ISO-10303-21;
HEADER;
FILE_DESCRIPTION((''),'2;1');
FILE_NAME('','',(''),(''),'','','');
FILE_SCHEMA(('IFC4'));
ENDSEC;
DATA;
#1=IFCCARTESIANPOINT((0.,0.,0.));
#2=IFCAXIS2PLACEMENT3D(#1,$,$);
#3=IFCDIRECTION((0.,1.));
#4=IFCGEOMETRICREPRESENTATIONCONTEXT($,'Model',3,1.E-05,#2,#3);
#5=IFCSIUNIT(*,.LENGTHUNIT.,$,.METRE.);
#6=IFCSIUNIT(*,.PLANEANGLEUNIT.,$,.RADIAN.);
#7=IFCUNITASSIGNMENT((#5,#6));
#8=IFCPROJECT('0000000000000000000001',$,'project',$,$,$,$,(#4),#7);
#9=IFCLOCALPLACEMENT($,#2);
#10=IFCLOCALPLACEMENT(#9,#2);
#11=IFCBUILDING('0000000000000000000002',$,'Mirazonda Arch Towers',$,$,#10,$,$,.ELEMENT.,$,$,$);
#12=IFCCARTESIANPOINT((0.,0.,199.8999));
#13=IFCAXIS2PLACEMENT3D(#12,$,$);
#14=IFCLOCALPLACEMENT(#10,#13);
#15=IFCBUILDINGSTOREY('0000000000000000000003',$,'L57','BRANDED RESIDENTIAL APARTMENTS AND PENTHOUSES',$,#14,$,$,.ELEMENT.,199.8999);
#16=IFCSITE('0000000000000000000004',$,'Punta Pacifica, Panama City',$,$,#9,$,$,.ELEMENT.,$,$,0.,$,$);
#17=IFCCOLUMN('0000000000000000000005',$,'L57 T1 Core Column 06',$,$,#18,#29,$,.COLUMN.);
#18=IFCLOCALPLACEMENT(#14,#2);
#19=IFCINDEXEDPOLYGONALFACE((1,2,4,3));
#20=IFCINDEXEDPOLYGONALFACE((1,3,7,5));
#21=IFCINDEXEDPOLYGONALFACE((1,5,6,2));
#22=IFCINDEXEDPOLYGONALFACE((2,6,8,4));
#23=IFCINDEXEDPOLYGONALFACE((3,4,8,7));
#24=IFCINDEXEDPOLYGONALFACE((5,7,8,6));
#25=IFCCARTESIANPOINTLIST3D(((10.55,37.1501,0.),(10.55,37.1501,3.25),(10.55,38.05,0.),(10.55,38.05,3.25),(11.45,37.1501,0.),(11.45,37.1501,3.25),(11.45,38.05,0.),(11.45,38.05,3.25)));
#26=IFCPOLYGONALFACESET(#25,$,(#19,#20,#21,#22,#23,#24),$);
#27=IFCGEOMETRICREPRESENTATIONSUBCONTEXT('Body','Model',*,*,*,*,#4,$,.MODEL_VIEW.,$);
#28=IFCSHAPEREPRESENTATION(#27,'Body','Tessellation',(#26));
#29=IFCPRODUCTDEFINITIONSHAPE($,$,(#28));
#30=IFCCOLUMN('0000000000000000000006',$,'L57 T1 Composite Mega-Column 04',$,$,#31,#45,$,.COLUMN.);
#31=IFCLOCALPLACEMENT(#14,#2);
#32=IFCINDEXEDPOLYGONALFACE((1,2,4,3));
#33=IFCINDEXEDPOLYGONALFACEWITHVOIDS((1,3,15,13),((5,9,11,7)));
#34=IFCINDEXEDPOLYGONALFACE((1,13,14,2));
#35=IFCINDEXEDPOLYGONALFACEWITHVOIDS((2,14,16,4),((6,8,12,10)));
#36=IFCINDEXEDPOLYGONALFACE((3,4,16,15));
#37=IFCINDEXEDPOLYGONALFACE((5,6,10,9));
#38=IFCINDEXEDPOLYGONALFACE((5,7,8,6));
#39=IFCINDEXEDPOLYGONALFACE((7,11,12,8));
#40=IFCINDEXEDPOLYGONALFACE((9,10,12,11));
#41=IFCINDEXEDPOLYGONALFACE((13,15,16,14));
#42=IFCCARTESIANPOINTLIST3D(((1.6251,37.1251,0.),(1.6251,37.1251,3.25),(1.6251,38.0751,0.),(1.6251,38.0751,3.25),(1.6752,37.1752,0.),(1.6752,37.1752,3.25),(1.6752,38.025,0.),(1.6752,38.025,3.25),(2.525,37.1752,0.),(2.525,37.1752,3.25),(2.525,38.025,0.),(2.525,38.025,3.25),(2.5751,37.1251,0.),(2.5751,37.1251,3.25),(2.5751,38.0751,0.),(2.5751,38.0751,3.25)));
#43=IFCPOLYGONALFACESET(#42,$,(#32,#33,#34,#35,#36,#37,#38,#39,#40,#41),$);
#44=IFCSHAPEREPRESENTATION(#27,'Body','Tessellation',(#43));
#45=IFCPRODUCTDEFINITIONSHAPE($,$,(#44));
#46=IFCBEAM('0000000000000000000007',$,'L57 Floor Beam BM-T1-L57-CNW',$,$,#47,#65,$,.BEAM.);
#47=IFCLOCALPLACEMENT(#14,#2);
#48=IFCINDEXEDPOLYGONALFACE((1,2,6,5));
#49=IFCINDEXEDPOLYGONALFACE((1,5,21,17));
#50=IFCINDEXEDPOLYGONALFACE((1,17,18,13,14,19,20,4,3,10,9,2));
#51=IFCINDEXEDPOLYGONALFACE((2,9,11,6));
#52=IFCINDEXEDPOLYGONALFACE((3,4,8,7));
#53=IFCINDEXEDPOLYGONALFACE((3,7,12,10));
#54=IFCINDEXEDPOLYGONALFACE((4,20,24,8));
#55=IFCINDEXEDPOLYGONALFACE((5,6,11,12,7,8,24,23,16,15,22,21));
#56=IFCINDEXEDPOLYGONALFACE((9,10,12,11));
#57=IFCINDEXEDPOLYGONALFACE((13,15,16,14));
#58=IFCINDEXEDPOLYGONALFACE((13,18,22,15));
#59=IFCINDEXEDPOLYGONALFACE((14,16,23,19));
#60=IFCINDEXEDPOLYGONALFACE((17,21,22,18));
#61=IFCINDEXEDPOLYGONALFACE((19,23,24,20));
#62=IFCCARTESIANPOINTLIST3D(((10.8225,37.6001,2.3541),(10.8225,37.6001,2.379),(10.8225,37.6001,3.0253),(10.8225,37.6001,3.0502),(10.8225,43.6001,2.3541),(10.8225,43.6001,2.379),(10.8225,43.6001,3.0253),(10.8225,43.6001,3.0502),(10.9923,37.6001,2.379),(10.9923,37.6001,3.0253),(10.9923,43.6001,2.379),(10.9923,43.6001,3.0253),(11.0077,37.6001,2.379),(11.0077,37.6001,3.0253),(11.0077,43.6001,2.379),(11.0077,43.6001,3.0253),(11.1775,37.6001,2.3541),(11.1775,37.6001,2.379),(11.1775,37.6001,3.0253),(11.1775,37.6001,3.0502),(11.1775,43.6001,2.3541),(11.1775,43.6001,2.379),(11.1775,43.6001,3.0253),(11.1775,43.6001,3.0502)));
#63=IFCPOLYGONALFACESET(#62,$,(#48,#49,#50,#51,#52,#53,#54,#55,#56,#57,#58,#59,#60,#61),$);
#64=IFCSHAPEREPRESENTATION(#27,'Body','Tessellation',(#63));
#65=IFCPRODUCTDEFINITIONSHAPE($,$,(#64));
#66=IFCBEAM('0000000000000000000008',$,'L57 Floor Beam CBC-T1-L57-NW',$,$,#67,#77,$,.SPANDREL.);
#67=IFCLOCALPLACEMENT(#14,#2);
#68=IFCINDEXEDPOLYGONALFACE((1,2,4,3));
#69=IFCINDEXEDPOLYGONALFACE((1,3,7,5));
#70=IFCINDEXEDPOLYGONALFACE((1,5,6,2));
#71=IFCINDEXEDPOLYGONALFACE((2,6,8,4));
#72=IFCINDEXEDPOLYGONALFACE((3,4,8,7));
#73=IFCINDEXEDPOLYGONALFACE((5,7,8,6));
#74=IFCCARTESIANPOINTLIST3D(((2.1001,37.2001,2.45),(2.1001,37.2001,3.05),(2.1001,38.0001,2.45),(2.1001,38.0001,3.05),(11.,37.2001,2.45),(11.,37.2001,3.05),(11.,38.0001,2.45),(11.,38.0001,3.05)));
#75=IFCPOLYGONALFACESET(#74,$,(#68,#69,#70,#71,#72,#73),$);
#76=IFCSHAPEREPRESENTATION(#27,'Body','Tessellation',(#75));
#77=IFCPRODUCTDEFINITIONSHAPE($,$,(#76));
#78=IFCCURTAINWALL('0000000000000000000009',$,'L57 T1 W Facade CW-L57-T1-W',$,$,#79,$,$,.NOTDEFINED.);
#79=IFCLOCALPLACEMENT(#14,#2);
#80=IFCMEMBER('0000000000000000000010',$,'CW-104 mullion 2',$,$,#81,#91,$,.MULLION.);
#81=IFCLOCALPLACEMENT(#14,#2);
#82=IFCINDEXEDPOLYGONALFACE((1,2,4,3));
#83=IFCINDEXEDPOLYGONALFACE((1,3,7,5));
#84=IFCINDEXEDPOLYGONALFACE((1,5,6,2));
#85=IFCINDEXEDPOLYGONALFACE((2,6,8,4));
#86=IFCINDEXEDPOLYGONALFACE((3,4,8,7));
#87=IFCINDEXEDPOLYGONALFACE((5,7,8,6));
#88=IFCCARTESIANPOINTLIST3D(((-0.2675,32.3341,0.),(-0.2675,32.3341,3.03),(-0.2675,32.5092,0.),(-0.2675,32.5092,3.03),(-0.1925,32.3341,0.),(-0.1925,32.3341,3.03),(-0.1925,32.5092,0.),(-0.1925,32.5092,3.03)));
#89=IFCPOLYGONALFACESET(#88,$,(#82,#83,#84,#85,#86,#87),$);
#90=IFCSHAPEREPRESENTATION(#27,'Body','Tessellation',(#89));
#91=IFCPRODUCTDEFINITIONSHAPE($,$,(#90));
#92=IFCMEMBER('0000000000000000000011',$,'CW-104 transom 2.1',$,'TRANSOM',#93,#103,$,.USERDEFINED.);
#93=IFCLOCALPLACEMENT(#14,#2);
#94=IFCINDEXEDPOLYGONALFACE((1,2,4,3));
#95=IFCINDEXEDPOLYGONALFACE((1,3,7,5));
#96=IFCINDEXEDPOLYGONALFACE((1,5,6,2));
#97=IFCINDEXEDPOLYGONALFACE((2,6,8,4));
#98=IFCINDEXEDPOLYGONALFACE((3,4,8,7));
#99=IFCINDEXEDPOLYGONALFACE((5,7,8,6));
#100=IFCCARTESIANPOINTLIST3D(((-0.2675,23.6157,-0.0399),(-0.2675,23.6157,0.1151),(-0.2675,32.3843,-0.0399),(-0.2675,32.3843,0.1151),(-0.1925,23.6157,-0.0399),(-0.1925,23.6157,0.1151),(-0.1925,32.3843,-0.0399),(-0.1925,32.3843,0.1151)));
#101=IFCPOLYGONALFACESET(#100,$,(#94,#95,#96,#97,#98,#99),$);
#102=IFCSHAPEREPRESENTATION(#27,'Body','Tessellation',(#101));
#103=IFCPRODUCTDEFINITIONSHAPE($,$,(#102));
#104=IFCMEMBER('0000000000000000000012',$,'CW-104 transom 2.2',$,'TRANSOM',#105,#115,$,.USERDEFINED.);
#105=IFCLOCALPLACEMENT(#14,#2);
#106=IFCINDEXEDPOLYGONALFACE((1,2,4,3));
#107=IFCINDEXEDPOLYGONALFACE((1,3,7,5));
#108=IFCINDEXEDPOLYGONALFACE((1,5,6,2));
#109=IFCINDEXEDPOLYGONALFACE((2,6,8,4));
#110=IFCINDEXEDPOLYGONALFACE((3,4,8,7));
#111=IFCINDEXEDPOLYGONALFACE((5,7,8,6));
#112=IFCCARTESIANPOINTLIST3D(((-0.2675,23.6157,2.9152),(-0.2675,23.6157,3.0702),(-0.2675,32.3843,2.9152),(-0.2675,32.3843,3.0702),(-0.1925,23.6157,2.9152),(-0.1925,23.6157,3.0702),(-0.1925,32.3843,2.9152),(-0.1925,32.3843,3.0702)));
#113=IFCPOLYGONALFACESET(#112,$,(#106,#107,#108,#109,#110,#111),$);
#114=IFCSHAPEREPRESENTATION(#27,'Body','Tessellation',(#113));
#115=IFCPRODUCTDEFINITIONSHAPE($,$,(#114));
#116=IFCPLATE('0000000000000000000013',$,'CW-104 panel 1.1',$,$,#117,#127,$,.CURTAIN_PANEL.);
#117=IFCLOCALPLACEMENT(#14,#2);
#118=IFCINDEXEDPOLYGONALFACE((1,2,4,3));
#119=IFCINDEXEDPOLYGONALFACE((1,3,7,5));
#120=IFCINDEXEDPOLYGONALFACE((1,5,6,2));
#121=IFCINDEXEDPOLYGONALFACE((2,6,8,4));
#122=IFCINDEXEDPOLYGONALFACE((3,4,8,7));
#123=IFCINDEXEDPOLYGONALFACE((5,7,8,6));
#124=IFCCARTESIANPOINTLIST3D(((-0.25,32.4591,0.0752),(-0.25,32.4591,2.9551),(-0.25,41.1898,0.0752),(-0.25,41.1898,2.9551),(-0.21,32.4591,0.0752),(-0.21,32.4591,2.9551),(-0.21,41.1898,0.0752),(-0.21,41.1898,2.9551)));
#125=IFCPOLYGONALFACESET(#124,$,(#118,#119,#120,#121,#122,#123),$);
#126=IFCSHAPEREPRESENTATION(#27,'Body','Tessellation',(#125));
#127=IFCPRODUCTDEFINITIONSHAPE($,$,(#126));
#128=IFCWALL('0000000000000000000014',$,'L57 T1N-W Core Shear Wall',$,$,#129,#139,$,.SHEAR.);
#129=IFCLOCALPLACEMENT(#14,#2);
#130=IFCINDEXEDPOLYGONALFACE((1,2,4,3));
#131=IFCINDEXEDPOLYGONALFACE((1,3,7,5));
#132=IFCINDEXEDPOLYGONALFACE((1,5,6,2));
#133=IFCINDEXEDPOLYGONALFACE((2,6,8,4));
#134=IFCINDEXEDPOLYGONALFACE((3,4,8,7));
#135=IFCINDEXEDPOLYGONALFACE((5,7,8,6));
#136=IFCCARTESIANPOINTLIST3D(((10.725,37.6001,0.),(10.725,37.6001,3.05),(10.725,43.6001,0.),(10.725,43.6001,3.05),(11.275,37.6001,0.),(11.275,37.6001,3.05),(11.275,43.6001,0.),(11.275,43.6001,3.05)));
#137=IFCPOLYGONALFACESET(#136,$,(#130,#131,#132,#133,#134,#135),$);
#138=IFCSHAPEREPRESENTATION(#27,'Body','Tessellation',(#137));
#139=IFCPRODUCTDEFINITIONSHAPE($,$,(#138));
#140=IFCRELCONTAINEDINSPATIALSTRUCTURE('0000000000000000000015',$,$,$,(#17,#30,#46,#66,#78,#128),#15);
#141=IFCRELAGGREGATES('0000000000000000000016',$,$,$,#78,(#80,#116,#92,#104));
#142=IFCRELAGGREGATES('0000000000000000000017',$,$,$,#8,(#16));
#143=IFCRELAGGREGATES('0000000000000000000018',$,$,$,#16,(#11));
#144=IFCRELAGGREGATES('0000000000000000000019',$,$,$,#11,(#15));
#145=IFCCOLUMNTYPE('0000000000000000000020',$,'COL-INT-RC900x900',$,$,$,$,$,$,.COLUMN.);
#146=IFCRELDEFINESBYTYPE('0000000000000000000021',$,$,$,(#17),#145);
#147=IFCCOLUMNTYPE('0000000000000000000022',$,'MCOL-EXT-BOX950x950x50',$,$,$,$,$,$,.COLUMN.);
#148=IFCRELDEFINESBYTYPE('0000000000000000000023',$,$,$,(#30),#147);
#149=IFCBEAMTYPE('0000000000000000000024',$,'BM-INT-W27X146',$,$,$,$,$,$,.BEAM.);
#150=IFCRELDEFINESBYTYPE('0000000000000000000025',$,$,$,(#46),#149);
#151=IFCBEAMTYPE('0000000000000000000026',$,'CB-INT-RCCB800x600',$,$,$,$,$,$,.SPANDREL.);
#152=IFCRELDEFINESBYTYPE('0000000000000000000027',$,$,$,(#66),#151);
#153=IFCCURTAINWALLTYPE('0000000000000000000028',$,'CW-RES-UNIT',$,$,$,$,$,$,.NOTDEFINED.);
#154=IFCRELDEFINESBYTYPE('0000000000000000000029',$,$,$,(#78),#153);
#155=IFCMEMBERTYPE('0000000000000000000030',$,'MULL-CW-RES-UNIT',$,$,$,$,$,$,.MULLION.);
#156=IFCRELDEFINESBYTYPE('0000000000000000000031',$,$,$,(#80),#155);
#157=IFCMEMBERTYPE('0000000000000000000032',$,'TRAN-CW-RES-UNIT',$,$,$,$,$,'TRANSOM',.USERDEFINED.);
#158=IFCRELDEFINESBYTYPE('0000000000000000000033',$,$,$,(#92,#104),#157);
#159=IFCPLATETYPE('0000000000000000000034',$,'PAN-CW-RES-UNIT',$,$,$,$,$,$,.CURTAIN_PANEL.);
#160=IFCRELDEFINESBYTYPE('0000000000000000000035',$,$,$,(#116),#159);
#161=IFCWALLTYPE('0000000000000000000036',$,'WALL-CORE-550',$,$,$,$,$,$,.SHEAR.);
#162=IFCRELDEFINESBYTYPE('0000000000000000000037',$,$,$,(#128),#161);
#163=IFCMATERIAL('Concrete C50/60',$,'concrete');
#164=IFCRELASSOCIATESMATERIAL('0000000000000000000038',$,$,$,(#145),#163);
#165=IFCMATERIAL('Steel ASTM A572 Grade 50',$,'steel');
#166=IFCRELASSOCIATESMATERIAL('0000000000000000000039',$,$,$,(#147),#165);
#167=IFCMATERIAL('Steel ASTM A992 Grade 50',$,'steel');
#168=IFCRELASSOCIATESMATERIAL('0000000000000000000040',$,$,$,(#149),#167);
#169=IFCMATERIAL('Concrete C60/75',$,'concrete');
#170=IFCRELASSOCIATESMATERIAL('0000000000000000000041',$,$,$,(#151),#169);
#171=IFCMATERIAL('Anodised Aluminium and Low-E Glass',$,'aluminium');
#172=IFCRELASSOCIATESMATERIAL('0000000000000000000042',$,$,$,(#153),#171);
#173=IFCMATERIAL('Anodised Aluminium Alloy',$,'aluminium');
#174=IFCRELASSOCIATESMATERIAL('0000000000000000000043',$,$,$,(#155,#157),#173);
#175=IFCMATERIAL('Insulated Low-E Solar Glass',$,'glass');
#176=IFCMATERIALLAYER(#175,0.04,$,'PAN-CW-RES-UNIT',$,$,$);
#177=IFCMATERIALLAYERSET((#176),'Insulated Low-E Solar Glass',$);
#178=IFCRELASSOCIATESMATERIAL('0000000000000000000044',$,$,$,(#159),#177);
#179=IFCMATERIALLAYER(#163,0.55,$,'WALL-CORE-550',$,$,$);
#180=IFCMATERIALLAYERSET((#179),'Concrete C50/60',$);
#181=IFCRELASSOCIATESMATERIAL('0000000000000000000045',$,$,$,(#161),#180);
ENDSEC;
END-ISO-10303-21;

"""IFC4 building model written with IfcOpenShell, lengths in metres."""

from ifc_helpers import new_model, si_unit, direction, frame, frame_2d, origin, origin_2d, place, context, subcontext, project, spatial, rectangle, hollow_rectangle, i_section, extrude, material, layer, layer_set, material_profile, profile_set, type_object, element, aggregate, save


model = new_model("IFC4")

# Units and contexts
model_context = context("Model", 3, precision=1e-05, world=origin(), true_north=direction((0.0, 1.0)))
body_context = subcontext(model_context, "Body", "Model", "MODEL_VIEW")
ifc_project = project(units=[si_unit("LENGTHUNIT", "METRE"), si_unit("PLANEANGLEUNIT", "RADIAN")], contexts=[model_context])

# Site, building, storey
site_placement = place(None, origin())
site = spatial("IfcSite", under=ifc_project, at=site_placement, Name="Punta Pacifica, Panama City", CompositionType="ELEMENT", RefElevation=0.0)
building_placement = place(site_placement, origin())
building = spatial("IfcBuilding", under=site, at=building_placement, Name="Mirazonda Arch Towers", CompositionType="ELEMENT")
storey_placement = place(building_placement, frame((0.0, 0.0, 199.8999)))
storey = spatial("IfcBuildingStorey", under=building, at=storey_placement, Name="L57", Description="BRANDED RESIDENTIAL APARTMENTS AND PENTHOUSES", CompositionType="ELEMENT", Elevation=199.8999)

# Columns
ifc_material_1 = material(Name="Concrete C50/60", Category="concrete")
ifc_material_profile_1 = material_profile(ifc_material_1, rectangle(XDim=0.8999, YDim=0.8999, at=origin_2d()), Name="RC900x900")
ifc_profile_set_1 = profile_set([ifc_material_profile_1], Name="Concrete C50/60")
column_type_1 = type_object("IfcColumnType", Name="COL-INT-RC900x900", PredefinedType="COLUMN", material=ifc_profile_set_1)
column_1_placement = place(storey_placement, frame((11.0, 37.6001, 0.0), z_axis=(0.0, 0.0, 1.0), x_axis=(1.0, 0.0, 0.0)))
element("IfcColumn", 1, at=column_1_placement, inside=storey, type_object=column_type_1, Name="L57 T1 Core Column 06", PredefinedType="COLUMN", context=body_context, shape_type="SweptSolid", body=[
    extrude(rectangle(XDim=0.8999, YDim=0.8999, at=origin_2d()), origin(), (0.0, 0.0, 1.0), 3.25),
])
ifc_material_2 = material(Name="Steel ASTM A572 Grade 50", Category="steel")
ifc_material_profile_2 = material_profile(ifc_material_2, hollow_rectangle(XDim=0.95, YDim=0.95, WallThickness=0.05, at=origin_2d()), Name="BOX950x950x50")
ifc_profile_set_2 = profile_set([ifc_material_profile_2], Name="Steel ASTM A572 Grade 50")
column_type_2 = type_object("IfcColumnType", Name="MCOL-EXT-BOX950x950x50", PredefinedType="COLUMN", material=ifc_profile_set_2)
column_2_placement = place(storey_placement, frame((2.1001, 37.6001, 0.0), z_axis=(0.0, 0.0, 1.0), x_axis=(1.0, 0.0, 0.0)))
element("IfcColumn", 2, at=column_2_placement, inside=storey, type_object=column_type_2, Name="L57 T1 Composite Mega-Column 04", PredefinedType="COLUMN", context=body_context, shape_type="SweptSolid", body=[
    extrude(hollow_rectangle(XDim=0.95, YDim=0.95, WallThickness=0.05, at=origin_2d()), origin(), (0.0, 0.0, 1.0), 3.25),
])

# Beams
ifc_material_3 = material(Name="Steel ASTM A992 Grade 50", Category="steel")
ifc_material_profile_3 = material_profile(ifc_material_3, i_section(OverallWidth=0.355, OverallDepth=0.696, WebThickness=0.0154, FlangeThickness=0.0249, at=origin_2d()), Name="W27X146")
ifc_profile_set_3 = profile_set([ifc_material_profile_3], Name="Steel ASTM A992 Grade 50")
beam_type_1 = type_object("IfcBeamType", Name="BM-INT-W27X146", PredefinedType="BEAM", material=ifc_profile_set_3)
beam_1_placement = place(storey_placement, frame((11.0, 37.6001, 2.7021), z_axis=(0.0, 1.0, 0.0), x_axis=(-1.0, 0.0, 0.0)))
element("IfcBeam", 3, at=beam_1_placement, inside=storey, type_object=beam_type_1, Name="L57 Floor Beam BM-T1-L57-CNW", PredefinedType="BEAM", context=body_context, shape_type="SweptSolid", body=[
    extrude(i_section(OverallWidth=0.355, OverallDepth=0.696, WebThickness=0.0154, FlangeThickness=0.0249, at=origin_2d()), origin(), (0.0, 0.0, 1.0), 6.0),
])
ifc_material_4 = material(Name="Concrete C60/75", Category="concrete")
ifc_material_profile_4 = material_profile(ifc_material_4, rectangle(XDim=0.8, YDim=0.6001, at=origin_2d()), Name="RCCB800x600")
ifc_profile_set_4 = profile_set([ifc_material_profile_4], Name="Concrete C60/75")
beam_type_2 = type_object("IfcBeamType", Name="CB-INT-RCCB800x600", PredefinedType="SPANDREL", material=ifc_profile_set_4)
beam_2_placement = place(storey_placement, frame((2.1001, 37.6001, 2.75), z_axis=(1.0, 0.0, 0.0), x_axis=(0.0, 1.0, 0.0)))
element("IfcBeam", 4, at=beam_2_placement, inside=storey, type_object=beam_type_2, Name="L57 Floor Beam CBC-T1-L57-NW", PredefinedType="SPANDREL", context=body_context, shape_type="SweptSolid", body=[
    extrude(rectangle(XDim=0.8, YDim=0.6001, at=origin_2d()), origin(), (0.0, 0.0, 1.0), 8.8999),
])

# Curtain wall, members, plate
ifc_material_5 = material(Name="Anodised Aluminium and Low-E Glass", Category="aluminium")
curtain_wall_type = type_object("IfcCurtainWallType", Name="CW-RES-UNIT", PredefinedType="NOTDEFINED", material=ifc_material_5)
curtain_wall_placement = place(storey_placement, origin())
curtain_wall = element("IfcCurtainWall", 5, at=curtain_wall_placement, inside=storey, type_object=curtain_wall_type, Name="L57 T1 W Facade CW-L57-T1-W", PredefinedType="NOTDEFINED")
ifc_material_6 = material(Name="Anodised Aluminium Alloy", Category="aluminium")
ifc_material_profile_5 = material_profile(ifc_material_6, rectangle(XDim=0.075, YDim=0.175, at=origin_2d()), Name="ALU-MULL-75x175")
ifc_profile_set_5 = profile_set([ifc_material_profile_5], Name="Anodised Aluminium Alloy")
member_type_1 = type_object("IfcMemberType", Name="MULL-CW-RES-UNIT", PredefinedType="MULLION", material=ifc_profile_set_5)
member_1_placement = place(storey_placement, frame((-0.23, 32.4216, 0.0), z_axis=(0.0, 0.0, 1.0), x_axis=(1.0, 0.0, 0.0)))
member_1 = element("IfcMember", 6, at=member_1_placement, type_object=member_type_1, Name="CW-104 mullion 2", PredefinedType="MULLION", context=body_context, shape_type="SweptSolid", body=[
    extrude(rectangle(XDim=0.075, YDim=0.175, at=origin_2d()), origin(), (0.0, 0.0, 1.0), 3.03),
])
ifc_material_profile_6 = material_profile(ifc_material_6, rectangle(XDim=0.075, YDim=0.155, at=origin_2d()), Name="ALU-TRAN-75x155")
ifc_profile_set_6 = profile_set([ifc_material_profile_6], Name="Anodised Aluminium Alloy")
member_type_2 = type_object("IfcMemberType", Name="TRAN-CW-RES-UNIT", ElementType="TRANSOM", PredefinedType="USERDEFINED", material=ifc_profile_set_6)
member_2_placement = place(storey_placement, frame((-0.23, 32.3843, 0.0376), z_axis=(0.0, -1.0, 0.0), x_axis=(1.0, 0.0, 0.0)))
member_2 = element("IfcMember", 7, at=member_2_placement, type_object=member_type_2, Name="CW-104 transom 2.1", ObjectType="TRANSOM", PredefinedType="USERDEFINED", context=body_context, shape_type="SweptSolid", body=[
    extrude(rectangle(XDim=0.075, YDim=0.155, at=origin_2d()), origin(), (0.0, 0.0, 1.0), 8.7686),
])
member_3_placement = place(storey_placement, frame((-0.23, 32.3843, 2.9927), z_axis=(0.0, -1.0, 0.0), x_axis=(1.0, 0.0, 0.0)))
member_3 = element("IfcMember", 8, at=member_3_placement, type_object=member_type_2, Name="CW-104 transom 2.2", ObjectType="TRANSOM", PredefinedType="USERDEFINED", context=body_context, shape_type="SweptSolid", body=[
    extrude(rectangle(XDim=0.075, YDim=0.155, at=origin_2d()), origin(), (0.0, 0.0, 1.0), 8.7686),
])
ifc_material_7 = material(Name="Insulated Low-E Solar Glass", Category="glass")
ifc_layer_1 = layer(ifc_material_7, 0.04, Name="PAN-CW-RES-UNIT")
ifc_layer_set_1 = layer_set([ifc_layer_1], Name="Insulated Low-E Solar Glass")
plate_type = type_object("IfcPlateType", Name="PAN-CW-RES-UNIT", PredefinedType="CURTAIN_PANEL", material=ifc_layer_set_1)
plate_placement = place(storey_placement, frame((-0.23, 36.8245, 0.0752), z_axis=(0.0, 0.0, 1.0), x_axis=(0.0, -1.0, 0.0)))
plate = element("IfcPlate", 9, at=plate_placement, type_object=plate_type, Name="CW-104 panel 1.1", PredefinedType="CURTAIN_PANEL", context=body_context, shape_type="SweptSolid", body=[
    extrude(rectangle(XDim=8.7307, YDim=0.04, at=origin_2d()), origin(), (0.0, 0.0, 1.0), 2.8799),
])
aggregate(curtain_wall, [member_1, plate, member_2, member_3])

# Wall
ifc_layer_2 = layer(ifc_material_1, 0.55, Name="WALL-CORE-550")
ifc_layer_set_2 = layer_set([ifc_layer_2], Name="Concrete C50/60")
wall_type_1 = type_object("IfcWallType", Name="WALL-CORE-550", PredefinedType="SHEAR", material=ifc_layer_set_2)
wall_1_placement = place(storey_placement, frame((11.0, 37.6001, 0.0), z_axis=(0.0, 0.0, 1.0), x_axis=(0.0, 1.0, 0.0)))
element("IfcWall", 10, at=wall_1_placement, inside=storey, type_object=wall_type_1, Name="L57 T1N-W Core Shear Wall", PredefinedType="SHEAR", context=body_context, shape_type="SweptSolid", body=[
    extrude(rectangle(XDim=6.0, YDim=0.55, at=frame_2d((3.0, 0.0))), origin(), (0.0, 0.0, 1.0), 3.05),
])

save(model, "model.ifc")
